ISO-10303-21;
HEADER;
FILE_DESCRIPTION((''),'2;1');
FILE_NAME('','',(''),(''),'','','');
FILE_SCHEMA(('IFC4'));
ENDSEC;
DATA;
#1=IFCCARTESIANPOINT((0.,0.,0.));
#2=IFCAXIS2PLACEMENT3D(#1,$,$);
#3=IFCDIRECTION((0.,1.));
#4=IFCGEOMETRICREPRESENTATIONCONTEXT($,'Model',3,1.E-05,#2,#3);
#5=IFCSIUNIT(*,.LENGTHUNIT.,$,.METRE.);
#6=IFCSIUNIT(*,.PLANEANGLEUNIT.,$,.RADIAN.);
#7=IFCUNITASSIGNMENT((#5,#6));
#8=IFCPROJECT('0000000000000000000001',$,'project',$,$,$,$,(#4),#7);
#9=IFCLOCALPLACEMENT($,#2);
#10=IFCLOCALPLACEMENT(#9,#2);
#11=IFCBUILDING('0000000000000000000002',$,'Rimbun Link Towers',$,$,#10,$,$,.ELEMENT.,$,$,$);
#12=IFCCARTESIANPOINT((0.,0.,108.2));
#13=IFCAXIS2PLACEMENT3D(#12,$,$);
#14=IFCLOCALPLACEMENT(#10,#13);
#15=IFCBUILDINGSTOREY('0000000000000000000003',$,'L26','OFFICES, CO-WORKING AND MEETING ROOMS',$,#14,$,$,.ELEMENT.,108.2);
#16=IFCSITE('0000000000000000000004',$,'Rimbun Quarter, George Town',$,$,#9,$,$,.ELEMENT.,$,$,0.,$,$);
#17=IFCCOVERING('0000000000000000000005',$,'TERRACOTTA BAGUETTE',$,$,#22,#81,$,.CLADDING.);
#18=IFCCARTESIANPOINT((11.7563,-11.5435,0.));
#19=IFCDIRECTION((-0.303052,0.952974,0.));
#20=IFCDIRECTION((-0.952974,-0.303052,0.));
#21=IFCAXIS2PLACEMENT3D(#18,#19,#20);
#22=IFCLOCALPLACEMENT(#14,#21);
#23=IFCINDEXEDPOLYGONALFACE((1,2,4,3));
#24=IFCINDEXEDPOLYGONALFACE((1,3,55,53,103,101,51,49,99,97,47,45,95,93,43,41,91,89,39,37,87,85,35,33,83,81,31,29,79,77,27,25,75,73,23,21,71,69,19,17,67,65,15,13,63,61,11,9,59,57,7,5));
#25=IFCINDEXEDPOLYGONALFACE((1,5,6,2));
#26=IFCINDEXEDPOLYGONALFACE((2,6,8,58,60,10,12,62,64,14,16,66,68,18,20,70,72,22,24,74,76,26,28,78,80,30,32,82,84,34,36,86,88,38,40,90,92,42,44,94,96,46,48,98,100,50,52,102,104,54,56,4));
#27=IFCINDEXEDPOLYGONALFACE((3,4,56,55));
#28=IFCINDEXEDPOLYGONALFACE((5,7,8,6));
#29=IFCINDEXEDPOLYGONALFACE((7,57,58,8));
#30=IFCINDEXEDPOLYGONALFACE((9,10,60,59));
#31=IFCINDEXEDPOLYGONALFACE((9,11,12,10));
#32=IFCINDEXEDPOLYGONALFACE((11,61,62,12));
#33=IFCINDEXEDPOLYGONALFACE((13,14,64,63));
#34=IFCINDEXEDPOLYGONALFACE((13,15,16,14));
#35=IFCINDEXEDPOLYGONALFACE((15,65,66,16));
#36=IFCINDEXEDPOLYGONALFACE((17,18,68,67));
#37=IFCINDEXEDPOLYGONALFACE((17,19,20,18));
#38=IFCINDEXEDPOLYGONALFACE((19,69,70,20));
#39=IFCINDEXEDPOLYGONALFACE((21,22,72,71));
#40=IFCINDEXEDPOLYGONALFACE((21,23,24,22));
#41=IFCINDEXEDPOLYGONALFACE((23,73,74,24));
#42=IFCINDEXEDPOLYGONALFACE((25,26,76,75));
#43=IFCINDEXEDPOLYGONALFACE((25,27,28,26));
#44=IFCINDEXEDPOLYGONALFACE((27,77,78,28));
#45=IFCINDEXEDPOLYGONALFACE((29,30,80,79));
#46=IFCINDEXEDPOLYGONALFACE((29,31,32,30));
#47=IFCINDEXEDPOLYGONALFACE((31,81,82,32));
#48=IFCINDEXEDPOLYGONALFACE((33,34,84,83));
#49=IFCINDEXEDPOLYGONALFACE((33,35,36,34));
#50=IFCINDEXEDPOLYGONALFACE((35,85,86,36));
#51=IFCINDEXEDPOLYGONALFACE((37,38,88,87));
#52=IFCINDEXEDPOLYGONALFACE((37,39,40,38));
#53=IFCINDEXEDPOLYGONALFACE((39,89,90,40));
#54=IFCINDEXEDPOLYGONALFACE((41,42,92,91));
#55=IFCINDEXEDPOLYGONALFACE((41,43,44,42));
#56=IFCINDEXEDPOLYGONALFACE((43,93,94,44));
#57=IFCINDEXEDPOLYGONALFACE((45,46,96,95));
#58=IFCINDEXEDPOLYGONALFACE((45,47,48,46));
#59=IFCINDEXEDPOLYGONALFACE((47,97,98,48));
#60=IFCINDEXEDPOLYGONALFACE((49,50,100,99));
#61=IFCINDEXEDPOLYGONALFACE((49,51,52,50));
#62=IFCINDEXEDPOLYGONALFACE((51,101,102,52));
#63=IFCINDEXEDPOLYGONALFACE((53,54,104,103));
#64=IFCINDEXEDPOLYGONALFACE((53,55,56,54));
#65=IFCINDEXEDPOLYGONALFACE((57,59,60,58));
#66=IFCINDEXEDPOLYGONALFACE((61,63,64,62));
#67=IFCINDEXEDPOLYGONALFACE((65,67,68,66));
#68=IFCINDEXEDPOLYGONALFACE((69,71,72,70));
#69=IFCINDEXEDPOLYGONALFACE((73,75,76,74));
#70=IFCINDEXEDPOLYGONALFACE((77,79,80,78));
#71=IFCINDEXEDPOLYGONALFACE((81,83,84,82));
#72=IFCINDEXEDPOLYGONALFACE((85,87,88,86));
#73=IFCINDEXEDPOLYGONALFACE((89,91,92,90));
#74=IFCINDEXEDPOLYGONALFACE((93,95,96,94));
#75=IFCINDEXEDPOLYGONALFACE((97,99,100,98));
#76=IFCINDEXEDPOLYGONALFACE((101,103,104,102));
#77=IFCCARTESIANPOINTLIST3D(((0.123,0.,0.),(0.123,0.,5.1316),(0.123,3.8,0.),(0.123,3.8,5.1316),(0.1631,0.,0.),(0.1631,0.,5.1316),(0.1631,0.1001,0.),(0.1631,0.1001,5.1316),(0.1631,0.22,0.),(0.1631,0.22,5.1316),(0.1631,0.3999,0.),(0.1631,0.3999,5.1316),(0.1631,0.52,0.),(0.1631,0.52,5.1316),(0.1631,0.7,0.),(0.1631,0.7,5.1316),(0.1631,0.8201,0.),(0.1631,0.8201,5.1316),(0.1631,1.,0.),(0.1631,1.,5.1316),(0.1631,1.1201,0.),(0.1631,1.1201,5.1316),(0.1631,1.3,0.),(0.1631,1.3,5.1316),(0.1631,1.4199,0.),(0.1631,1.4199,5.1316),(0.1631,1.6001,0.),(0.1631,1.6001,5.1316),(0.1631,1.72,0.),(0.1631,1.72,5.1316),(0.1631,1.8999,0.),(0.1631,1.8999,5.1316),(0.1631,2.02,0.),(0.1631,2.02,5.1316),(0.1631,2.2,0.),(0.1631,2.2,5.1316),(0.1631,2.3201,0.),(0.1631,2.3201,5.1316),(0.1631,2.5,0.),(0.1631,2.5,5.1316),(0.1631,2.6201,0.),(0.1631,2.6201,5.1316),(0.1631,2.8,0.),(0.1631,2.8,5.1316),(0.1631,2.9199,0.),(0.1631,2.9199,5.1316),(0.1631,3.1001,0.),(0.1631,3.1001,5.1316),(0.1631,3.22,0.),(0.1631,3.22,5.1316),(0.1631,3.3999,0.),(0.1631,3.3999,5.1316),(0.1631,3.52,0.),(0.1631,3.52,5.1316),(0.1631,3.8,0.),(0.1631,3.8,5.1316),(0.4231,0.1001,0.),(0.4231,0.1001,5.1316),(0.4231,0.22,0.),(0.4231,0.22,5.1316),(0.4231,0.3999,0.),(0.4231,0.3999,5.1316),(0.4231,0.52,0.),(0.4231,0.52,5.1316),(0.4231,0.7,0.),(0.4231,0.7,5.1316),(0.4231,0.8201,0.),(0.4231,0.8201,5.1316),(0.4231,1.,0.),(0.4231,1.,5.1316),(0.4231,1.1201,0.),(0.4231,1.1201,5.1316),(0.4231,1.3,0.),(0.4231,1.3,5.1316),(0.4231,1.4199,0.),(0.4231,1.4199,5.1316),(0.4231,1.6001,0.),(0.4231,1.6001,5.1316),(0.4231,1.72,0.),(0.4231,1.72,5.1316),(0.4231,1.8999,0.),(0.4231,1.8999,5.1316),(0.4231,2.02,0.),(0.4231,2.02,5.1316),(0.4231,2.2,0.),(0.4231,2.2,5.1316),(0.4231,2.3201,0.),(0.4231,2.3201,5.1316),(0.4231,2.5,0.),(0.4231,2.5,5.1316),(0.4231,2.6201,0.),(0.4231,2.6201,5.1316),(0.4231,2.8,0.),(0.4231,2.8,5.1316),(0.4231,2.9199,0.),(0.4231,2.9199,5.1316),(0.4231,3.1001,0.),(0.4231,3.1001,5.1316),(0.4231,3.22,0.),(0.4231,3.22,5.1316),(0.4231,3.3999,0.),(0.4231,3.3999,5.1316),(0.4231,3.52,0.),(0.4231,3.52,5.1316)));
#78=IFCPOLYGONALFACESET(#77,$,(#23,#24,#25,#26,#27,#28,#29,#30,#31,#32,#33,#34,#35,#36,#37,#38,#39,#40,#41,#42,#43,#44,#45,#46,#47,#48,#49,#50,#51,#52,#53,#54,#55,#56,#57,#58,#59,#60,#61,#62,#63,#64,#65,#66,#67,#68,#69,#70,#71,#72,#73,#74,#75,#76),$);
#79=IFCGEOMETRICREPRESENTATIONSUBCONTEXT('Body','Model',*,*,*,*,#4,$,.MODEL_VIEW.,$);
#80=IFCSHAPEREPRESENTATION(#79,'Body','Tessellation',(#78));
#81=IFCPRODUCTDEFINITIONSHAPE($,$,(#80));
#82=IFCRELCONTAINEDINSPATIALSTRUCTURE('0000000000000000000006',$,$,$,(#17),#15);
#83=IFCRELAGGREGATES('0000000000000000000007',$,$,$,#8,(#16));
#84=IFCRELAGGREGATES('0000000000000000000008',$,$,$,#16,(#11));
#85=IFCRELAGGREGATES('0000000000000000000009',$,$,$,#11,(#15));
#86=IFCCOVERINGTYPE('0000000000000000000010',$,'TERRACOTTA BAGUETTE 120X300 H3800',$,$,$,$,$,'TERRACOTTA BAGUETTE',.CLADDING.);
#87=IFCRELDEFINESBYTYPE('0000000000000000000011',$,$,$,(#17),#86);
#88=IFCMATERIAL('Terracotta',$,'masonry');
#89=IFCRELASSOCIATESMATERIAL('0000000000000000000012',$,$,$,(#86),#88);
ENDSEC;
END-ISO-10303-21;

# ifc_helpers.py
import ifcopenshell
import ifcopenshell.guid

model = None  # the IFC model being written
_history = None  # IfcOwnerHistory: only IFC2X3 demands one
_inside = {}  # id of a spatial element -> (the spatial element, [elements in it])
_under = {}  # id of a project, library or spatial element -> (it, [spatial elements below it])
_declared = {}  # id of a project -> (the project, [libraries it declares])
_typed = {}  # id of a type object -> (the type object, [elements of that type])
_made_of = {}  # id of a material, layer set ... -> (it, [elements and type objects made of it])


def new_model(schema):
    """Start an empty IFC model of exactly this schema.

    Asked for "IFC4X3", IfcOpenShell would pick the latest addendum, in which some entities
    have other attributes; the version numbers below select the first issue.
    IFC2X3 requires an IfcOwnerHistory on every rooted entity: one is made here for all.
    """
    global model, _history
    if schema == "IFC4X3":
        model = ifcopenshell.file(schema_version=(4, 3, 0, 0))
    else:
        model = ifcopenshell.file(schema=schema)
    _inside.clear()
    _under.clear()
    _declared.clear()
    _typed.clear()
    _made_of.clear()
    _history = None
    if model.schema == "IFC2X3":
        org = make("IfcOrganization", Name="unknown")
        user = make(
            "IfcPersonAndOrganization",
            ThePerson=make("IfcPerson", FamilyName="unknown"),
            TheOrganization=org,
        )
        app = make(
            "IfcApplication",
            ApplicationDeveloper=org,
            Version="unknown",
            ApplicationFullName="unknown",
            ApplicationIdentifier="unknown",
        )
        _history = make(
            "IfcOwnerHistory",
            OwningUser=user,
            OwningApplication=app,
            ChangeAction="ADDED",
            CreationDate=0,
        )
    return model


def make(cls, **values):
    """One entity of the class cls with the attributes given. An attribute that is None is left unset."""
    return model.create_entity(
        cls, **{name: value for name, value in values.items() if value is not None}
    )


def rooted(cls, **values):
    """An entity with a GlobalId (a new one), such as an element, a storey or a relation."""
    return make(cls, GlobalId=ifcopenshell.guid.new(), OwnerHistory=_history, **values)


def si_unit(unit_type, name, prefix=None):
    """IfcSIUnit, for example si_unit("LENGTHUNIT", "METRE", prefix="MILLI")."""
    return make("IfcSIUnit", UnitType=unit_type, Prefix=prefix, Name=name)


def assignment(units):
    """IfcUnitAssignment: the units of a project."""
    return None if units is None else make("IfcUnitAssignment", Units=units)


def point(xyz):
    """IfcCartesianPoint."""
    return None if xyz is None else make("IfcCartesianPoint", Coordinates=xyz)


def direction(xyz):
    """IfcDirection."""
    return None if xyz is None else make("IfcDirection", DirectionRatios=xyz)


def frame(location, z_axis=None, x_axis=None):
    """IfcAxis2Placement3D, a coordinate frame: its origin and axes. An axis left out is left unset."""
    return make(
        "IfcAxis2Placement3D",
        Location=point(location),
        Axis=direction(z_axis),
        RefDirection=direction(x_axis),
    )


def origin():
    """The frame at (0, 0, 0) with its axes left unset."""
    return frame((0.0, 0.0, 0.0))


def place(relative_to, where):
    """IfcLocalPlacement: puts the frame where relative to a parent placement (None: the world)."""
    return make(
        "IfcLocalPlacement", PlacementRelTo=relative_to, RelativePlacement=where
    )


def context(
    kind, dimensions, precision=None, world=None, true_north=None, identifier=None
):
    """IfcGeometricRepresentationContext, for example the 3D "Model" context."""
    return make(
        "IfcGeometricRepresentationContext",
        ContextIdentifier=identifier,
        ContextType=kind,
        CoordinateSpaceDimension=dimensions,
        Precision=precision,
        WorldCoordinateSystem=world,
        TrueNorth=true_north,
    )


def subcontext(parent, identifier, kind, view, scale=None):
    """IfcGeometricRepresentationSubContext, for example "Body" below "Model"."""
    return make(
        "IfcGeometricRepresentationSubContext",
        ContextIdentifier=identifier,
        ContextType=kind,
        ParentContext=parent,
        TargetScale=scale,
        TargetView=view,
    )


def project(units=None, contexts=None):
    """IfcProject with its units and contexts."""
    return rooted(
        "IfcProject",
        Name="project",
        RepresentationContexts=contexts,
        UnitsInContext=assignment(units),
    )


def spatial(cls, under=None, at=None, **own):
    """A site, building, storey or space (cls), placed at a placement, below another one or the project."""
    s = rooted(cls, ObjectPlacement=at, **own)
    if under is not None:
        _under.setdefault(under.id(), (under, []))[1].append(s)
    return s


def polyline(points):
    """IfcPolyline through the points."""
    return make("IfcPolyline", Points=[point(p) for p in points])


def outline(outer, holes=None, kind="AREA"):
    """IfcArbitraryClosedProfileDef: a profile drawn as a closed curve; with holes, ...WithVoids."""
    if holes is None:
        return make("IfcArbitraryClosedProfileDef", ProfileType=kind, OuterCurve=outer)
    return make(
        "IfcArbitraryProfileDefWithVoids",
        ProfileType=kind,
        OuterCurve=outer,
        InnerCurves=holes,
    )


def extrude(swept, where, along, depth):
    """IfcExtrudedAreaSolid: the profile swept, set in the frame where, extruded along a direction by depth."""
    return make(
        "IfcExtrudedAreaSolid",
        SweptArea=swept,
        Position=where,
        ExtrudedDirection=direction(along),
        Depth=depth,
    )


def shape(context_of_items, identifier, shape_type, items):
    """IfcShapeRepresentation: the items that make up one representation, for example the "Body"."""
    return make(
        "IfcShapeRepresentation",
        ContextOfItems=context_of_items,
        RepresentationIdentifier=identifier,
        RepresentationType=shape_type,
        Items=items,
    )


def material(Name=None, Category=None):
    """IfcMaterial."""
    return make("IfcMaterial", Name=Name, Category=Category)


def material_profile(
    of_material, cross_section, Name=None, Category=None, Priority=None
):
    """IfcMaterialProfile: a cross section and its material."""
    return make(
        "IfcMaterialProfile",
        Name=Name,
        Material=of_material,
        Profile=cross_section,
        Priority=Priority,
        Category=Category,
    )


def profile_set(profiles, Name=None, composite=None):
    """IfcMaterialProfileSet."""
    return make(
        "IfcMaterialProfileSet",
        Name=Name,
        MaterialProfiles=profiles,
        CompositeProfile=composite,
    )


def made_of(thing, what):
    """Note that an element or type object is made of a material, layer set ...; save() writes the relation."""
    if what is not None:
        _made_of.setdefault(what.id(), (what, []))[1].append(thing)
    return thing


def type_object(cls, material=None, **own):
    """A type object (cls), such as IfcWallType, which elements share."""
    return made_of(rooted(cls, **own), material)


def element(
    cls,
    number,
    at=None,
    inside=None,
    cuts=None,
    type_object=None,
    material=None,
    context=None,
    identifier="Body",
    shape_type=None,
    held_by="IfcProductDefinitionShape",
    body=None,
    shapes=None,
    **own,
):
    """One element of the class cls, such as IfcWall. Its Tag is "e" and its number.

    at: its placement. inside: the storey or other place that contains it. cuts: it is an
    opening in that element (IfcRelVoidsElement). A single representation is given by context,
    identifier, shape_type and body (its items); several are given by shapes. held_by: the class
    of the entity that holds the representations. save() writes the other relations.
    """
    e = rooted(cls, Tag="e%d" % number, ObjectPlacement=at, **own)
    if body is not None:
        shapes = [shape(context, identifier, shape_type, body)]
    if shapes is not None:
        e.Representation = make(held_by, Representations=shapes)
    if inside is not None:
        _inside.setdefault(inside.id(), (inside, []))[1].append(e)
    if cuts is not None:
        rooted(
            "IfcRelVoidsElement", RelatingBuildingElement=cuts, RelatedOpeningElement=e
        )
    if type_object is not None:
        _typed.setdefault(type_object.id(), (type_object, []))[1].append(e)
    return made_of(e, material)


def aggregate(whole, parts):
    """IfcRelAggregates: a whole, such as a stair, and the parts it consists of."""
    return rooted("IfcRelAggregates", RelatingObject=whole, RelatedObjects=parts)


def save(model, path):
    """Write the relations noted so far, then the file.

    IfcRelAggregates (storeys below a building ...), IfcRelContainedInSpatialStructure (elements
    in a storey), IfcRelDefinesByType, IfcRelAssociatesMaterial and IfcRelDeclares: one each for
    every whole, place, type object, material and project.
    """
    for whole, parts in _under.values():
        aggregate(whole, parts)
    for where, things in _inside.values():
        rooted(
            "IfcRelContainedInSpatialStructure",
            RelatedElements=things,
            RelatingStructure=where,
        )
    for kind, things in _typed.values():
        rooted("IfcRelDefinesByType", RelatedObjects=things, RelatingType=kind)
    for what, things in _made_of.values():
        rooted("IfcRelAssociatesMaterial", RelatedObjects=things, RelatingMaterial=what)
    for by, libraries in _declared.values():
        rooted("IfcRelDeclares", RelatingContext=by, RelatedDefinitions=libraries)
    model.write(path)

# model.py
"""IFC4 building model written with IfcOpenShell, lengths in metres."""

from ifc_helpers import new_model, si_unit, direction, frame, origin, place, context, subcontext, project, spatial, polyline, outline, extrude, material, material_profile, profile_set, type_object, element, save


model = new_model("IFC4")

# Units and contexts
model_context = context("Model", 3, precision=1e-05, world=origin(), true_north=direction((0.0, 1.0)))
body_context = subcontext(model_context, "Body", "Model", "MODEL_VIEW")
ifc_project = project(units=[si_unit("LENGTHUNIT", "METRE"), si_unit("PLANEANGLEUNIT", "RADIAN")], contexts=[model_context])

# Site, building, storey
site_placement = place(None, origin())
site = spatial("IfcSite", under=ifc_project, at=site_placement, Name="Rimbun Quarter, George Town", CompositionType="ELEMENT", RefElevation=0.0)
building_placement = place(site_placement, origin())
building = spatial("IfcBuilding", under=site, at=building_placement, Name="Rimbun Link Towers", CompositionType="ELEMENT")
storey_placement = place(building_placement, frame((0.0, 0.0, 108.2)))
storey = spatial("IfcBuildingStorey", under=building, at=storey_placement, Name="L26", Description="OFFICES, CO-WORKING AND MEETING ROOMS", CompositionType="ELEMENT", Elevation=108.2)

# Covering
ifc_material_1 = material(Name="Terracotta", Category="masonry")
ifc_material_profile_1 = material_profile(ifc_material_1, outline(polyline([(0.123, 0.0), (0.1631, 0.0), (0.1631, 0.1001), (0.4231, 0.1001), (0.4231, 0.22), (0.1631, 0.22), (0.1631, 0.3999), (0.4231, 0.3999), (0.4231, 0.52), (0.1631, 0.52), (0.1631, 0.7), (0.4231, 0.7), (0.4231, 0.8201), (0.1631, 0.8201), (0.1631, 1.0), (0.4231, 1.0), (0.4231, 1.1201), (0.1631, 1.1201), (0.1631, 1.3), (0.4231, 1.3), (0.4231, 1.4199), (0.1631, 1.4199), (0.1631, 1.6001), (0.4231, 1.6001), (0.4231, 1.72), (0.1631, 1.72), (0.1631, 1.8999), (0.4231, 1.8999), (0.4231, 2.02), (0.1631, 2.02), (0.1631, 2.2), (0.4231, 2.2), (0.4231, 2.3201), (0.1631, 2.3201), (0.1631, 2.5), (0.4231, 2.5), (0.4231, 2.6201), (0.1631, 2.6201), (0.1631, 2.8), (0.4231, 2.8), (0.4231, 2.9199), (0.1631, 2.9199), (0.1631, 3.1001), (0.4231, 3.1001), (0.4231, 3.22), (0.1631, 3.22), (0.1631, 3.3999), (0.4231, 3.3999), (0.4231, 3.52), (0.1631, 3.52), (0.1631, 3.8), (0.123, 3.8), (0.123, 0.0)])), Name="BAGUETTE 120X300")
ifc_profile_set_1 = profile_set([ifc_material_profile_1], Name="Terracotta")
covering_type_1 = type_object("IfcCoveringType", Name="TERRACOTTA BAGUETTE 120X300 H3800", ElementType="TERRACOTTA BAGUETTE", PredefinedType="CLADDING", material=ifc_profile_set_1)
covering_1_placement = place(storey_placement, frame((11.7563, -11.5435, 0.0), z_axis=(-0.303052, 0.952974, 0.0), x_axis=(-0.952974, -0.303052, 0.0)))
element("IfcCovering", 1, at=covering_1_placement, inside=storey, type_object=covering_type_1, Name="TERRACOTTA BAGUETTE", PredefinedType="CLADDING", context=body_context, shape_type="SweptSolid", body=[
    extrude(outline(polyline([(0.123, 0.0), (0.1631, 0.0), (0.1631, 0.1001), (0.4231, 0.1001), (0.4231, 0.22), (0.1631, 0.22), (0.1631, 0.3999), (0.4231, 0.3999), (0.4231, 0.52), (0.1631, 0.52), (0.1631, 0.7), (0.4231, 0.7), (0.4231, 0.8201), (0.1631, 0.8201), (0.1631, 1.0), (0.4231, 1.0), (0.4231, 1.1201), (0.1631, 1.1201), (0.1631, 1.3), (0.4231, 1.3), (0.4231, 1.4199), (0.1631, 1.4199), (0.1631, 1.6001), (0.4231, 1.6001), (0.4231, 1.72), (0.1631, 1.72), (0.1631, 1.8999), (0.4231, 1.8999), (0.4231, 2.02), (0.1631, 2.02), (0.1631, 2.2), (0.4231, 2.2), (0.4231, 2.3201), (0.1631, 2.3201), (0.1631, 2.5), (0.4231, 2.5), (0.4231, 2.6201), (0.1631, 2.6201), (0.1631, 2.8), (0.4231, 2.8), (0.4231, 2.9199), (0.1631, 2.9199), (0.1631, 3.1001), (0.4231, 3.1001), (0.4231, 3.22), (0.1631, 3.22), (0.1631, 3.3999), (0.4231, 3.3999), (0.4231, 3.52), (0.1631, 3.52), (0.1631, 3.8), (0.123, 3.8), (0.123, 0.0)])), origin(), (0.0, 0.0, 1.0), 5.1316),
])

save(model, "model.ifc")
